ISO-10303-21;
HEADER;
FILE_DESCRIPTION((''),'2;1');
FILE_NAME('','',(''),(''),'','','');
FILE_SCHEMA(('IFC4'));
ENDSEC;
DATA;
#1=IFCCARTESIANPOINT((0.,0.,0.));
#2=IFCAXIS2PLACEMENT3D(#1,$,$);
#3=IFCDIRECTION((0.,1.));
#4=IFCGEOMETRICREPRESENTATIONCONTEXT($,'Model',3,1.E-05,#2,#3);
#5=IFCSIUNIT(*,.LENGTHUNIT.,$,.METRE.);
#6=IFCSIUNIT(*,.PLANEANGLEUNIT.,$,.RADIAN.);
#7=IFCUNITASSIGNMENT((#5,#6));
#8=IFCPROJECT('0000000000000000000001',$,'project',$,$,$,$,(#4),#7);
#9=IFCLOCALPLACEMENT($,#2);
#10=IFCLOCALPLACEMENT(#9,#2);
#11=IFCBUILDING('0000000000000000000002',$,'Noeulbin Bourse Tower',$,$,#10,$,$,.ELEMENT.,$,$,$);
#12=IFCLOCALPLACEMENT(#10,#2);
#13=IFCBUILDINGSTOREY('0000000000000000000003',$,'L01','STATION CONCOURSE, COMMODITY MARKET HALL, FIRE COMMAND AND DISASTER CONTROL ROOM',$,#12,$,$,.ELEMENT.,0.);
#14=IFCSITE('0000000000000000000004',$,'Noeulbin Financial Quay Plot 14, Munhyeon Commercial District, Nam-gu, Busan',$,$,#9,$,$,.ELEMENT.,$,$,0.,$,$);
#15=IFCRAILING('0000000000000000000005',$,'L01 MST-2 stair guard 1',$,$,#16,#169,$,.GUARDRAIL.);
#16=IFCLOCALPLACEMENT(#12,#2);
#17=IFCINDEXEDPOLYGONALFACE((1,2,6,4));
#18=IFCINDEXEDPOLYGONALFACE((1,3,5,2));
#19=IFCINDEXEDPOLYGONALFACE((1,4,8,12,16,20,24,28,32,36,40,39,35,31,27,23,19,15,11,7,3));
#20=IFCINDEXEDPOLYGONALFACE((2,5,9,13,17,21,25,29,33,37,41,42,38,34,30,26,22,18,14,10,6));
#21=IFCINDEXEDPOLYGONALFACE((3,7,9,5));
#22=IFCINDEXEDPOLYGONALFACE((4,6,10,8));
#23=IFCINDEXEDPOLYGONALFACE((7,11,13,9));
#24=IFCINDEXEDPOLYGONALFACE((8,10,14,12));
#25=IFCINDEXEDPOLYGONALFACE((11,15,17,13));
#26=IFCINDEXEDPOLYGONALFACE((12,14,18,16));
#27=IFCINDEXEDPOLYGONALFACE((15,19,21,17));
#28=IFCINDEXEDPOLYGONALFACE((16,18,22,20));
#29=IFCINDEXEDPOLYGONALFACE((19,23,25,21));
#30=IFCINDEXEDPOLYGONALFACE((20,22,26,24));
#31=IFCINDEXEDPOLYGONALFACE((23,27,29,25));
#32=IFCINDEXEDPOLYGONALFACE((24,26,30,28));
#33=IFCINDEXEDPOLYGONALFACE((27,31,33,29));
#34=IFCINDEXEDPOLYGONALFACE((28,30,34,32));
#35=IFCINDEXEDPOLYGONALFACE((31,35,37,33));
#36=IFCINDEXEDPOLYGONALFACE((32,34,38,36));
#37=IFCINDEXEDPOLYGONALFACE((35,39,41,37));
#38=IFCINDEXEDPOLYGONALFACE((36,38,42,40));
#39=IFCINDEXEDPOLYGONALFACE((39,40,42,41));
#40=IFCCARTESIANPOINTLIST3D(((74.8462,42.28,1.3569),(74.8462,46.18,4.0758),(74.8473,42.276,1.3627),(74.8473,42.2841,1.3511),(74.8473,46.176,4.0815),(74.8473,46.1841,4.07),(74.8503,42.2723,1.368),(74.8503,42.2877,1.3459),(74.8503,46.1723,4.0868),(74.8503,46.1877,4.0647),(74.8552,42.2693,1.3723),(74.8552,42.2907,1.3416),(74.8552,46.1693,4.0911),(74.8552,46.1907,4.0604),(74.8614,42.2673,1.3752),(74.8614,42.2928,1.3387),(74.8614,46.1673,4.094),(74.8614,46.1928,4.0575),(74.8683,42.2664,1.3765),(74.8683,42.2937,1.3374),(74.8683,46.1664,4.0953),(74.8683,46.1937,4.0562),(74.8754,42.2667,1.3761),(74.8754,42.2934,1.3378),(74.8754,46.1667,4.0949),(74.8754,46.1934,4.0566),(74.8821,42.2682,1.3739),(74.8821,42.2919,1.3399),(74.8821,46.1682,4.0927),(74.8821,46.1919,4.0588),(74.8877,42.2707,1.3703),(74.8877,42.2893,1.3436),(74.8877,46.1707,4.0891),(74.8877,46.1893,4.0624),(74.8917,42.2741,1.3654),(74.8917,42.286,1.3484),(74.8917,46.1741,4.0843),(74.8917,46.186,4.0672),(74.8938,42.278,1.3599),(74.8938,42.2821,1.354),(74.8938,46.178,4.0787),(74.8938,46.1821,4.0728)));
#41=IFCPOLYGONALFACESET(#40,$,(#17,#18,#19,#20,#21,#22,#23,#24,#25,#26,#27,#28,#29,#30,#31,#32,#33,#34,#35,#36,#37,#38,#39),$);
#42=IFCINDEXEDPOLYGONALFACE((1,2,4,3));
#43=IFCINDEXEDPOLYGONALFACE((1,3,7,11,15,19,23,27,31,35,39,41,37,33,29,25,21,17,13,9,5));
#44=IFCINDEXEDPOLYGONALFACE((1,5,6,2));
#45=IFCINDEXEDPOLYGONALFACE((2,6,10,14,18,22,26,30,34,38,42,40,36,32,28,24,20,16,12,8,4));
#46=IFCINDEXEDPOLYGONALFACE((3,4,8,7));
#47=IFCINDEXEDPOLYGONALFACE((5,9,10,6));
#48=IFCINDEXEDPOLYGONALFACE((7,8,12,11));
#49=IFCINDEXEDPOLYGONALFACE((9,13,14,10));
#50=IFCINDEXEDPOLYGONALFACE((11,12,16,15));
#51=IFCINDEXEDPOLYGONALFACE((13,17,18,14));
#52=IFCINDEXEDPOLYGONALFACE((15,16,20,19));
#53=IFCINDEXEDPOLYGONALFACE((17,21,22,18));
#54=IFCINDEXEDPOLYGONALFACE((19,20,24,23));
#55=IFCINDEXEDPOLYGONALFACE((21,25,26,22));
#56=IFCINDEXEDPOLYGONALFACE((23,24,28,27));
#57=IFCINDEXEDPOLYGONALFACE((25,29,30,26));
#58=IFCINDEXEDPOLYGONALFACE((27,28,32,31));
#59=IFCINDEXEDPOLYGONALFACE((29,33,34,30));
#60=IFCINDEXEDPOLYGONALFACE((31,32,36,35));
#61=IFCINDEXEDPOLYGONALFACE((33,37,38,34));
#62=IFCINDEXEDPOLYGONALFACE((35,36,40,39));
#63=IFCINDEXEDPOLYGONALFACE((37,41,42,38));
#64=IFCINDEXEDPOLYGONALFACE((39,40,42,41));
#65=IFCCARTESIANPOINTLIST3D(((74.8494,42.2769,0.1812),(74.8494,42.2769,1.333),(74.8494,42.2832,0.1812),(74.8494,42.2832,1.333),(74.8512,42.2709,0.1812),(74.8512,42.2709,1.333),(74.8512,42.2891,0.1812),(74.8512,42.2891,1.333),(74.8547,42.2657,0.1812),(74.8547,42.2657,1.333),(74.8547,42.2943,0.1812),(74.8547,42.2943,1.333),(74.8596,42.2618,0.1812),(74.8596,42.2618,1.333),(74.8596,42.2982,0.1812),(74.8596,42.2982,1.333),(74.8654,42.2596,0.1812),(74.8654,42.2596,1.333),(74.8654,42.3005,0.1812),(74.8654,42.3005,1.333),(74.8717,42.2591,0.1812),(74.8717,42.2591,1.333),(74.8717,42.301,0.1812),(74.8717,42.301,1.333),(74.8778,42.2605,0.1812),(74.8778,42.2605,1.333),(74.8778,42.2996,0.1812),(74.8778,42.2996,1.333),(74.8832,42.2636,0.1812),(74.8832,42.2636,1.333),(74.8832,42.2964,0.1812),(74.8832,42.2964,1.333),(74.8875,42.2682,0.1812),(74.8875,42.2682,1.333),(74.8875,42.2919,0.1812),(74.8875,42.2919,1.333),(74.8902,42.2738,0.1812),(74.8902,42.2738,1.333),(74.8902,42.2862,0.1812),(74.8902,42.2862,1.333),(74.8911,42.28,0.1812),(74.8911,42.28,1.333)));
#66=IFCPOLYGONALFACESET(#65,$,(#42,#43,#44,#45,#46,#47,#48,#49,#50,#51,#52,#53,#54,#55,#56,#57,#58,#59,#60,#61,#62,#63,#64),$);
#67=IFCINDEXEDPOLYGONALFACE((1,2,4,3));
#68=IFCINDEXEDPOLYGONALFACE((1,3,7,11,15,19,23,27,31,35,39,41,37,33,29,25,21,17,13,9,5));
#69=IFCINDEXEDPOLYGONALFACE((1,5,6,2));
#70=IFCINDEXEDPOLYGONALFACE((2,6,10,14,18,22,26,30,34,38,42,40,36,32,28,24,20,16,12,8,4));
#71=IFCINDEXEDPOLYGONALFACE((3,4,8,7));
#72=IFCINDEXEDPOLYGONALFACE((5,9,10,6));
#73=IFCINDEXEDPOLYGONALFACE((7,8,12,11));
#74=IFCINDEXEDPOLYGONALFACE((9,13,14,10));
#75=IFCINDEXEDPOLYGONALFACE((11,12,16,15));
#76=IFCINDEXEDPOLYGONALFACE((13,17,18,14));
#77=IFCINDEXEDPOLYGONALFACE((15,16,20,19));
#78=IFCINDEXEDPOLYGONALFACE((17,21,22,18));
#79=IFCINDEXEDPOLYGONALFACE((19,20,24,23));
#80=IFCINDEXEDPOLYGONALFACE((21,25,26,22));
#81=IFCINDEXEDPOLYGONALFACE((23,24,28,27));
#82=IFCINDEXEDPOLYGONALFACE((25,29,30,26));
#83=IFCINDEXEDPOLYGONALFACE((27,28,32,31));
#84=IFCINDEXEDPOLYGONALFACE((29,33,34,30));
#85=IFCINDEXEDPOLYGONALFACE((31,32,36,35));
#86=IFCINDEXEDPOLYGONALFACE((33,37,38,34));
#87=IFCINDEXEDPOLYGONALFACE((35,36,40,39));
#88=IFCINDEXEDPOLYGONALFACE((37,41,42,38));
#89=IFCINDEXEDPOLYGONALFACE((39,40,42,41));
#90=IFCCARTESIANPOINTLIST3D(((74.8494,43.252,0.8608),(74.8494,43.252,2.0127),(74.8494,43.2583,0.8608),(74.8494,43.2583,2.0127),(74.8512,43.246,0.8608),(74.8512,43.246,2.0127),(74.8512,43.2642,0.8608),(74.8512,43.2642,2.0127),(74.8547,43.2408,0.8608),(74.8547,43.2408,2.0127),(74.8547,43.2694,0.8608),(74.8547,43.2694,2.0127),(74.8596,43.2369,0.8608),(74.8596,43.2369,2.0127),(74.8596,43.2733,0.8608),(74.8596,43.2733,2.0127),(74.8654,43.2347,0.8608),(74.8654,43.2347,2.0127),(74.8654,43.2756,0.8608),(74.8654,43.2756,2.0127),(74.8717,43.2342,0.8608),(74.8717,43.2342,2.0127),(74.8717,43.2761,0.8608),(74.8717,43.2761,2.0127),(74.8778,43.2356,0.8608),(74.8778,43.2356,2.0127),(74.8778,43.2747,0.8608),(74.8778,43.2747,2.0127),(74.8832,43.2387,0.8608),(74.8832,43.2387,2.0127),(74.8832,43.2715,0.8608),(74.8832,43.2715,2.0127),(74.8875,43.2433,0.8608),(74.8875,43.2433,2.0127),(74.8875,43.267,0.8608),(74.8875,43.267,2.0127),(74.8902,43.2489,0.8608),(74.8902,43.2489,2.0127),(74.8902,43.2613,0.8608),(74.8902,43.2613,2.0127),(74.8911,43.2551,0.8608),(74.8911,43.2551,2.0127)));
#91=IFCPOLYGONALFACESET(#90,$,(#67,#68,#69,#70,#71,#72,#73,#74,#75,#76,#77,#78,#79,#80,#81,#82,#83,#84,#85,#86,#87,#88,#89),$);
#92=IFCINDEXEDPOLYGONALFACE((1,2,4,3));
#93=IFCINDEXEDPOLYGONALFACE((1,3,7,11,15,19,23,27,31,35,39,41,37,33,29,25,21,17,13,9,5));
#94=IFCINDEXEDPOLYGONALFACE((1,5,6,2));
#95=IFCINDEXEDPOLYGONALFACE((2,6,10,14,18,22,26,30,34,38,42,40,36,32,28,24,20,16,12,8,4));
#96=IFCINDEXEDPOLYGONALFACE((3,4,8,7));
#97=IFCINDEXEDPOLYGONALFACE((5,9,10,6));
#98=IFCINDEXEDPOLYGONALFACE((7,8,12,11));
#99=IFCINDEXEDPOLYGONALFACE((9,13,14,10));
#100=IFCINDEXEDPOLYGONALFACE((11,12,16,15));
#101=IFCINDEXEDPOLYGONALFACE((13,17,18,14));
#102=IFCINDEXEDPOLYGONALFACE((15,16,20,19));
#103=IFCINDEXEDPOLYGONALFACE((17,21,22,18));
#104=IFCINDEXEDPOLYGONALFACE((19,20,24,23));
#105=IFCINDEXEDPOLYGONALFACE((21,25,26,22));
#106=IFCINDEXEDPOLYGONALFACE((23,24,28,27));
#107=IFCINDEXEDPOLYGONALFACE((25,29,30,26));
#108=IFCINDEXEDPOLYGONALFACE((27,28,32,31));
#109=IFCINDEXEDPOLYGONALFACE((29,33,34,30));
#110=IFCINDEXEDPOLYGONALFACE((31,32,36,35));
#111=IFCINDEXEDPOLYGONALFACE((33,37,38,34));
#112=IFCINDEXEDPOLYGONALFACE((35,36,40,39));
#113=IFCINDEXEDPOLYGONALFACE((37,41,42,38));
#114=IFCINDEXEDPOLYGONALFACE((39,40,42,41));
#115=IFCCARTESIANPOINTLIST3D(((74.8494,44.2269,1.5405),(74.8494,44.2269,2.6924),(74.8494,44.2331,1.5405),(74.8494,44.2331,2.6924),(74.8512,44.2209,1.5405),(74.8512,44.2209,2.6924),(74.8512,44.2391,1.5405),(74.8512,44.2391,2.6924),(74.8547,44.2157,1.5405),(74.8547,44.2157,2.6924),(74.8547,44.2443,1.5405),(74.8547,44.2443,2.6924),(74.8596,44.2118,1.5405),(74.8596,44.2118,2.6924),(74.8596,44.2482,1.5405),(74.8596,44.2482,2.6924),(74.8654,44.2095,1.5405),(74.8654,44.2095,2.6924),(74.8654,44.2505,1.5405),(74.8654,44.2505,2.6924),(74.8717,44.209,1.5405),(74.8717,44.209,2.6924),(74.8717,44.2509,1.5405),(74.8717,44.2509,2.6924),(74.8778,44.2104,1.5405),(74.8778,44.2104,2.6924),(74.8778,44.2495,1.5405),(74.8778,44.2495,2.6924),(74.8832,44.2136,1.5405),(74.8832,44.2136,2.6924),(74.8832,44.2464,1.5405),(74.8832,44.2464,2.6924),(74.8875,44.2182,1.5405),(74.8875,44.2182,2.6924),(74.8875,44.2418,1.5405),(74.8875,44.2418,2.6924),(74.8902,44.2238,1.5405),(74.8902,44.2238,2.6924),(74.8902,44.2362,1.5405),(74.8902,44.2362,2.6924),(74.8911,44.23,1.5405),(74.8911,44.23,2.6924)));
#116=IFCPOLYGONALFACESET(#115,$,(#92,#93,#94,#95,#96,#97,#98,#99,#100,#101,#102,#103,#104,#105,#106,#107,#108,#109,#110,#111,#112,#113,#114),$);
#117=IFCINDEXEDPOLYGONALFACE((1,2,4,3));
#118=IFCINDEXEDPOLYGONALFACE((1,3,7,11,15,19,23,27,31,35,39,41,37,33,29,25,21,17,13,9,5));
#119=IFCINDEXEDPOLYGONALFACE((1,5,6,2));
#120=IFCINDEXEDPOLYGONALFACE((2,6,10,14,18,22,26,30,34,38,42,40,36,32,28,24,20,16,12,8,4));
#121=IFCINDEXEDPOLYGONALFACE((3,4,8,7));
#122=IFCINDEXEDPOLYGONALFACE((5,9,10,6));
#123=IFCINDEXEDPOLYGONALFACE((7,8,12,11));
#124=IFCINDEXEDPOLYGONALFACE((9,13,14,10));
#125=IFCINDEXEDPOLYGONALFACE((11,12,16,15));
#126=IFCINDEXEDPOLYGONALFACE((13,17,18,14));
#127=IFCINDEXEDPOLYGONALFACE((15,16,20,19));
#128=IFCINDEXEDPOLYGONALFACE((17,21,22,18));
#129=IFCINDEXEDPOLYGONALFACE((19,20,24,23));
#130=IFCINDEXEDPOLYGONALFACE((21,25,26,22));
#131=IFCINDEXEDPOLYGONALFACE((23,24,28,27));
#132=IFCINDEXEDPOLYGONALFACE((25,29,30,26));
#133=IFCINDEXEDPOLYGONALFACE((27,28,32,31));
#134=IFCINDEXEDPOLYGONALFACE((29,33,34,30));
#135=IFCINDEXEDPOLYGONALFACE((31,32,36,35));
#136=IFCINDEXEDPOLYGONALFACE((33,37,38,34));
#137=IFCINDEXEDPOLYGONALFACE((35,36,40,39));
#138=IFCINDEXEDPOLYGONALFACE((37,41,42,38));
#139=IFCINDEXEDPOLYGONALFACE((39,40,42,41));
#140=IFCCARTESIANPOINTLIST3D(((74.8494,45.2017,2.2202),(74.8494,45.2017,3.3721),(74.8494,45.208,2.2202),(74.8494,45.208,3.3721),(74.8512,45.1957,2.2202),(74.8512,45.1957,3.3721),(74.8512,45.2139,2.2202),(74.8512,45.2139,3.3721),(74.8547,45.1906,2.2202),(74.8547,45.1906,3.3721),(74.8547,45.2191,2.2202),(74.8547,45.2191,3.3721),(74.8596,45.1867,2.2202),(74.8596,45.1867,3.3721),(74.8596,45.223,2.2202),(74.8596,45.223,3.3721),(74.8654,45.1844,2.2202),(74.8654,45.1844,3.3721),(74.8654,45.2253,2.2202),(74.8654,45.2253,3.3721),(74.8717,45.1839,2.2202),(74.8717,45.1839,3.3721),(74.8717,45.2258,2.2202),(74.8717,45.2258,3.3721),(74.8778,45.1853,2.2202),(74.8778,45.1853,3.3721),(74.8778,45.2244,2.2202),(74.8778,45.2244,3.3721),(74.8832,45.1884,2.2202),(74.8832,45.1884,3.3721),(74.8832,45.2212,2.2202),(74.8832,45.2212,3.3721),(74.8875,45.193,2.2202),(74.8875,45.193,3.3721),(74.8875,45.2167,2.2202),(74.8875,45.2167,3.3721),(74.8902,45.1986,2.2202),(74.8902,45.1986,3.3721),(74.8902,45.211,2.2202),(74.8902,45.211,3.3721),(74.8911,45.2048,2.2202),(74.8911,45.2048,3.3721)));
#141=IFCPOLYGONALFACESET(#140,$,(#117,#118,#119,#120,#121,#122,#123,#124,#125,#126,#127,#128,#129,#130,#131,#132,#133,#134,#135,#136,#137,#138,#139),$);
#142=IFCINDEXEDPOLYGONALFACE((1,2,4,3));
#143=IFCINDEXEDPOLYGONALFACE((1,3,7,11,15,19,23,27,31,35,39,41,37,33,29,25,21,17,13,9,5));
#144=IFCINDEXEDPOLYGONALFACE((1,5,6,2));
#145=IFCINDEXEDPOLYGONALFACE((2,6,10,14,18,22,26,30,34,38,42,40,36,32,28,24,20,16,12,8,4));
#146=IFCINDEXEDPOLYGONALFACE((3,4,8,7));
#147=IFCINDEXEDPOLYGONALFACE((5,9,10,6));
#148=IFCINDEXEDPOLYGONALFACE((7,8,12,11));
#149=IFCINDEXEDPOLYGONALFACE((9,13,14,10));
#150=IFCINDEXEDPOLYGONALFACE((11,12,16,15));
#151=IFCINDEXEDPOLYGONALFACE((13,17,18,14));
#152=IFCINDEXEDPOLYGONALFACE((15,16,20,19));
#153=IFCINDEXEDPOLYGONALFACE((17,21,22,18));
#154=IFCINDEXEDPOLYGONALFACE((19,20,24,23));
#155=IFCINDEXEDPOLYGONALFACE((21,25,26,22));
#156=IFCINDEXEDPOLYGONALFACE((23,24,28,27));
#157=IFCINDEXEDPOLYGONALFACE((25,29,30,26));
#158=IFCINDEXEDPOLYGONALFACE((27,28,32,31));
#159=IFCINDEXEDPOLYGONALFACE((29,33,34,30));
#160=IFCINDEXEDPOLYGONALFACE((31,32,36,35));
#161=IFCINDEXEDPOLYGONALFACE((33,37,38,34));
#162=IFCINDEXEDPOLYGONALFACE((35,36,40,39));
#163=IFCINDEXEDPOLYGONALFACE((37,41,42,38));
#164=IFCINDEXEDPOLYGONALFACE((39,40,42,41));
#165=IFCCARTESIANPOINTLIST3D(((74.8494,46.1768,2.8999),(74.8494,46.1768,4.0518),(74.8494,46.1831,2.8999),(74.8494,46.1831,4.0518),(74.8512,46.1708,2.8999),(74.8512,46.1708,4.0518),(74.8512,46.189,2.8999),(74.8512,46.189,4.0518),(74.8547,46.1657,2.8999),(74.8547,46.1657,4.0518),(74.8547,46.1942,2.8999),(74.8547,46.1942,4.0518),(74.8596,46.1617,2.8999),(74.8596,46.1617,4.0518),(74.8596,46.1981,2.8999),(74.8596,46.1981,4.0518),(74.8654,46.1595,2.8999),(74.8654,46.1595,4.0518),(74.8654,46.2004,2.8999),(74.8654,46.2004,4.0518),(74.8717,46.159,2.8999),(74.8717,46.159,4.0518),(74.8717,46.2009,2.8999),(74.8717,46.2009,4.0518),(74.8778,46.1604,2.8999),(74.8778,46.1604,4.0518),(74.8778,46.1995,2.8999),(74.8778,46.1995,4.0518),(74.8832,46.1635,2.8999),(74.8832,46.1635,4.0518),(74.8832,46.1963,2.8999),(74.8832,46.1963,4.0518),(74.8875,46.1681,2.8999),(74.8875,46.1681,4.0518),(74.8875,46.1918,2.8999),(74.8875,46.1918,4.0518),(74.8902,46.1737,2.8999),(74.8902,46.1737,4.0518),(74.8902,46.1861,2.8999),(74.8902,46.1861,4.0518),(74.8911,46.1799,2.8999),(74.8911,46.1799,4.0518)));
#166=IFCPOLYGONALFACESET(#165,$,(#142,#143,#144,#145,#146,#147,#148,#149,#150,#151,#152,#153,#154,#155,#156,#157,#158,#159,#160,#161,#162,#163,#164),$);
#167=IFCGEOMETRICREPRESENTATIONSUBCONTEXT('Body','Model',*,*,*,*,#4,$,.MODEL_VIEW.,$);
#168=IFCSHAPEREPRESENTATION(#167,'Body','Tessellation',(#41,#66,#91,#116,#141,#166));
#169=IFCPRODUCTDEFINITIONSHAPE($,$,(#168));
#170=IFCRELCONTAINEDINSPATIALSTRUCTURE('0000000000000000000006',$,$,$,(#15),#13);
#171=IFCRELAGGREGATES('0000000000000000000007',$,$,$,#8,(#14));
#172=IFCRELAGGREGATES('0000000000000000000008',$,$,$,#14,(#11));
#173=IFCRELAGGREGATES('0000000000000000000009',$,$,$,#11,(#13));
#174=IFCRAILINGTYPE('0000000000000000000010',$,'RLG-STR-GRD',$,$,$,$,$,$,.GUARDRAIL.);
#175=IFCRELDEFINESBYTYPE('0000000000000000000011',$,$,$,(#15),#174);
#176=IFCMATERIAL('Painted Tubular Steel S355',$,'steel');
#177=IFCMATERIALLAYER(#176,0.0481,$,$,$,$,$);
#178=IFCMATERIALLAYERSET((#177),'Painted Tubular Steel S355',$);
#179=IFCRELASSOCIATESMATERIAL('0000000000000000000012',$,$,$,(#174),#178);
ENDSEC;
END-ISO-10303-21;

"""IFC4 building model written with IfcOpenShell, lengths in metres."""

from ifc_helpers import new_model, si_unit, direction, frame, origin, origin_2d, place, context, subcontext, project, spatial, circle, extrude, material, layer, layer_set, type_object, element, save


model = new_model("IFC4")

# Units and contexts
model_context = context("Model", 3, precision=1e-05, world=origin(), true_north=direction((0.0, 1.0)))
body_context = subcontext(model_context, "Body", "Model", "MODEL_VIEW")
ifc_project = project(units=[si_unit("LENGTHUNIT", "METRE"), si_unit("PLANEANGLEUNIT", "RADIAN")], contexts=[model_context])

# Site, building, storey
site_placement = place(None, origin())
site = spatial("IfcSite", under=ifc_project, at=site_placement, Name="Noeulbin Financial Quay Plot 14, Munhyeon Commercial District, Nam-gu, Busan", CompositionType="ELEMENT", RefElevation=0.0)
building_placement = place(site_placement, origin())
building = spatial("IfcBuilding", under=site, at=building_placement, Name="Noeulbin Bourse Tower", CompositionType="ELEMENT")
storey_placement = place(building_placement, origin())
storey = spatial("IfcBuildingStorey", under=building, at=storey_placement, Name="L01", Description="STATION CONCOURSE, COMMODITY MARKET HALL, FIRE COMMAND AND DISASTER CONTROL ROOM", CompositionType="ELEMENT", Elevation=0.0)

# Railing
ifc_material_1 = material(Name="Painted Tubular Steel S355", Category="steel")
ifc_layer_1 = layer(ifc_material_1, 0.0481)
ifc_layer_set_1 = layer_set([ifc_layer_1], Name="Painted Tubular Steel S355")
railing_type_1 = type_object("IfcRailingType", Name="RLG-STR-GRD", PredefinedType="GUARDRAIL", material=ifc_layer_set_1)
railing_1_placement = place(storey_placement, frame((74.8701, 42.28, 0.1812)))
element("IfcRailing", 1, at=railing_1_placement, inside=storey, type_object=railing_type_1, Name="L01 MST-2 stair guard 1", PredefinedType="GUARDRAIL", context=body_context, shape_type="SweptSolid", body=[
    extrude(circle(Radius=0.0239, at=origin_2d()), frame((0.0, 0.0, 1.1758), z_axis=(0.0, 0.820335, 0.571883), x_axis=(-1.0, 0.0, 0.0)), (0.0, 0.0, 1.0), 4.7542),
    extrude(circle(Radius=0.021, at=origin_2d()), origin(), (0.0, 0.0, 1.0), 1.1519),
    extrude(circle(Radius=0.021, at=origin_2d()), frame((0.0, 0.9751, 0.6797)), (0.0, 0.0, 1.0), 1.1519),
    extrude(circle(Radius=0.021, at=origin_2d()), frame((0.0, 1.95, 1.3594)), (0.0, 0.0, 1.0), 1.1519),
    extrude(circle(Radius=0.021, at=origin_2d()), frame((0.0, 2.9248, 2.0391)), (0.0, 0.0, 1.0), 1.1519),
    extrude(circle(Radius=0.021, at=origin_2d()), frame((0.0, 3.8999, 2.7188)), (0.0, 0.0, 1.0), 1.1519),
])

save(model, "model.ifc")
